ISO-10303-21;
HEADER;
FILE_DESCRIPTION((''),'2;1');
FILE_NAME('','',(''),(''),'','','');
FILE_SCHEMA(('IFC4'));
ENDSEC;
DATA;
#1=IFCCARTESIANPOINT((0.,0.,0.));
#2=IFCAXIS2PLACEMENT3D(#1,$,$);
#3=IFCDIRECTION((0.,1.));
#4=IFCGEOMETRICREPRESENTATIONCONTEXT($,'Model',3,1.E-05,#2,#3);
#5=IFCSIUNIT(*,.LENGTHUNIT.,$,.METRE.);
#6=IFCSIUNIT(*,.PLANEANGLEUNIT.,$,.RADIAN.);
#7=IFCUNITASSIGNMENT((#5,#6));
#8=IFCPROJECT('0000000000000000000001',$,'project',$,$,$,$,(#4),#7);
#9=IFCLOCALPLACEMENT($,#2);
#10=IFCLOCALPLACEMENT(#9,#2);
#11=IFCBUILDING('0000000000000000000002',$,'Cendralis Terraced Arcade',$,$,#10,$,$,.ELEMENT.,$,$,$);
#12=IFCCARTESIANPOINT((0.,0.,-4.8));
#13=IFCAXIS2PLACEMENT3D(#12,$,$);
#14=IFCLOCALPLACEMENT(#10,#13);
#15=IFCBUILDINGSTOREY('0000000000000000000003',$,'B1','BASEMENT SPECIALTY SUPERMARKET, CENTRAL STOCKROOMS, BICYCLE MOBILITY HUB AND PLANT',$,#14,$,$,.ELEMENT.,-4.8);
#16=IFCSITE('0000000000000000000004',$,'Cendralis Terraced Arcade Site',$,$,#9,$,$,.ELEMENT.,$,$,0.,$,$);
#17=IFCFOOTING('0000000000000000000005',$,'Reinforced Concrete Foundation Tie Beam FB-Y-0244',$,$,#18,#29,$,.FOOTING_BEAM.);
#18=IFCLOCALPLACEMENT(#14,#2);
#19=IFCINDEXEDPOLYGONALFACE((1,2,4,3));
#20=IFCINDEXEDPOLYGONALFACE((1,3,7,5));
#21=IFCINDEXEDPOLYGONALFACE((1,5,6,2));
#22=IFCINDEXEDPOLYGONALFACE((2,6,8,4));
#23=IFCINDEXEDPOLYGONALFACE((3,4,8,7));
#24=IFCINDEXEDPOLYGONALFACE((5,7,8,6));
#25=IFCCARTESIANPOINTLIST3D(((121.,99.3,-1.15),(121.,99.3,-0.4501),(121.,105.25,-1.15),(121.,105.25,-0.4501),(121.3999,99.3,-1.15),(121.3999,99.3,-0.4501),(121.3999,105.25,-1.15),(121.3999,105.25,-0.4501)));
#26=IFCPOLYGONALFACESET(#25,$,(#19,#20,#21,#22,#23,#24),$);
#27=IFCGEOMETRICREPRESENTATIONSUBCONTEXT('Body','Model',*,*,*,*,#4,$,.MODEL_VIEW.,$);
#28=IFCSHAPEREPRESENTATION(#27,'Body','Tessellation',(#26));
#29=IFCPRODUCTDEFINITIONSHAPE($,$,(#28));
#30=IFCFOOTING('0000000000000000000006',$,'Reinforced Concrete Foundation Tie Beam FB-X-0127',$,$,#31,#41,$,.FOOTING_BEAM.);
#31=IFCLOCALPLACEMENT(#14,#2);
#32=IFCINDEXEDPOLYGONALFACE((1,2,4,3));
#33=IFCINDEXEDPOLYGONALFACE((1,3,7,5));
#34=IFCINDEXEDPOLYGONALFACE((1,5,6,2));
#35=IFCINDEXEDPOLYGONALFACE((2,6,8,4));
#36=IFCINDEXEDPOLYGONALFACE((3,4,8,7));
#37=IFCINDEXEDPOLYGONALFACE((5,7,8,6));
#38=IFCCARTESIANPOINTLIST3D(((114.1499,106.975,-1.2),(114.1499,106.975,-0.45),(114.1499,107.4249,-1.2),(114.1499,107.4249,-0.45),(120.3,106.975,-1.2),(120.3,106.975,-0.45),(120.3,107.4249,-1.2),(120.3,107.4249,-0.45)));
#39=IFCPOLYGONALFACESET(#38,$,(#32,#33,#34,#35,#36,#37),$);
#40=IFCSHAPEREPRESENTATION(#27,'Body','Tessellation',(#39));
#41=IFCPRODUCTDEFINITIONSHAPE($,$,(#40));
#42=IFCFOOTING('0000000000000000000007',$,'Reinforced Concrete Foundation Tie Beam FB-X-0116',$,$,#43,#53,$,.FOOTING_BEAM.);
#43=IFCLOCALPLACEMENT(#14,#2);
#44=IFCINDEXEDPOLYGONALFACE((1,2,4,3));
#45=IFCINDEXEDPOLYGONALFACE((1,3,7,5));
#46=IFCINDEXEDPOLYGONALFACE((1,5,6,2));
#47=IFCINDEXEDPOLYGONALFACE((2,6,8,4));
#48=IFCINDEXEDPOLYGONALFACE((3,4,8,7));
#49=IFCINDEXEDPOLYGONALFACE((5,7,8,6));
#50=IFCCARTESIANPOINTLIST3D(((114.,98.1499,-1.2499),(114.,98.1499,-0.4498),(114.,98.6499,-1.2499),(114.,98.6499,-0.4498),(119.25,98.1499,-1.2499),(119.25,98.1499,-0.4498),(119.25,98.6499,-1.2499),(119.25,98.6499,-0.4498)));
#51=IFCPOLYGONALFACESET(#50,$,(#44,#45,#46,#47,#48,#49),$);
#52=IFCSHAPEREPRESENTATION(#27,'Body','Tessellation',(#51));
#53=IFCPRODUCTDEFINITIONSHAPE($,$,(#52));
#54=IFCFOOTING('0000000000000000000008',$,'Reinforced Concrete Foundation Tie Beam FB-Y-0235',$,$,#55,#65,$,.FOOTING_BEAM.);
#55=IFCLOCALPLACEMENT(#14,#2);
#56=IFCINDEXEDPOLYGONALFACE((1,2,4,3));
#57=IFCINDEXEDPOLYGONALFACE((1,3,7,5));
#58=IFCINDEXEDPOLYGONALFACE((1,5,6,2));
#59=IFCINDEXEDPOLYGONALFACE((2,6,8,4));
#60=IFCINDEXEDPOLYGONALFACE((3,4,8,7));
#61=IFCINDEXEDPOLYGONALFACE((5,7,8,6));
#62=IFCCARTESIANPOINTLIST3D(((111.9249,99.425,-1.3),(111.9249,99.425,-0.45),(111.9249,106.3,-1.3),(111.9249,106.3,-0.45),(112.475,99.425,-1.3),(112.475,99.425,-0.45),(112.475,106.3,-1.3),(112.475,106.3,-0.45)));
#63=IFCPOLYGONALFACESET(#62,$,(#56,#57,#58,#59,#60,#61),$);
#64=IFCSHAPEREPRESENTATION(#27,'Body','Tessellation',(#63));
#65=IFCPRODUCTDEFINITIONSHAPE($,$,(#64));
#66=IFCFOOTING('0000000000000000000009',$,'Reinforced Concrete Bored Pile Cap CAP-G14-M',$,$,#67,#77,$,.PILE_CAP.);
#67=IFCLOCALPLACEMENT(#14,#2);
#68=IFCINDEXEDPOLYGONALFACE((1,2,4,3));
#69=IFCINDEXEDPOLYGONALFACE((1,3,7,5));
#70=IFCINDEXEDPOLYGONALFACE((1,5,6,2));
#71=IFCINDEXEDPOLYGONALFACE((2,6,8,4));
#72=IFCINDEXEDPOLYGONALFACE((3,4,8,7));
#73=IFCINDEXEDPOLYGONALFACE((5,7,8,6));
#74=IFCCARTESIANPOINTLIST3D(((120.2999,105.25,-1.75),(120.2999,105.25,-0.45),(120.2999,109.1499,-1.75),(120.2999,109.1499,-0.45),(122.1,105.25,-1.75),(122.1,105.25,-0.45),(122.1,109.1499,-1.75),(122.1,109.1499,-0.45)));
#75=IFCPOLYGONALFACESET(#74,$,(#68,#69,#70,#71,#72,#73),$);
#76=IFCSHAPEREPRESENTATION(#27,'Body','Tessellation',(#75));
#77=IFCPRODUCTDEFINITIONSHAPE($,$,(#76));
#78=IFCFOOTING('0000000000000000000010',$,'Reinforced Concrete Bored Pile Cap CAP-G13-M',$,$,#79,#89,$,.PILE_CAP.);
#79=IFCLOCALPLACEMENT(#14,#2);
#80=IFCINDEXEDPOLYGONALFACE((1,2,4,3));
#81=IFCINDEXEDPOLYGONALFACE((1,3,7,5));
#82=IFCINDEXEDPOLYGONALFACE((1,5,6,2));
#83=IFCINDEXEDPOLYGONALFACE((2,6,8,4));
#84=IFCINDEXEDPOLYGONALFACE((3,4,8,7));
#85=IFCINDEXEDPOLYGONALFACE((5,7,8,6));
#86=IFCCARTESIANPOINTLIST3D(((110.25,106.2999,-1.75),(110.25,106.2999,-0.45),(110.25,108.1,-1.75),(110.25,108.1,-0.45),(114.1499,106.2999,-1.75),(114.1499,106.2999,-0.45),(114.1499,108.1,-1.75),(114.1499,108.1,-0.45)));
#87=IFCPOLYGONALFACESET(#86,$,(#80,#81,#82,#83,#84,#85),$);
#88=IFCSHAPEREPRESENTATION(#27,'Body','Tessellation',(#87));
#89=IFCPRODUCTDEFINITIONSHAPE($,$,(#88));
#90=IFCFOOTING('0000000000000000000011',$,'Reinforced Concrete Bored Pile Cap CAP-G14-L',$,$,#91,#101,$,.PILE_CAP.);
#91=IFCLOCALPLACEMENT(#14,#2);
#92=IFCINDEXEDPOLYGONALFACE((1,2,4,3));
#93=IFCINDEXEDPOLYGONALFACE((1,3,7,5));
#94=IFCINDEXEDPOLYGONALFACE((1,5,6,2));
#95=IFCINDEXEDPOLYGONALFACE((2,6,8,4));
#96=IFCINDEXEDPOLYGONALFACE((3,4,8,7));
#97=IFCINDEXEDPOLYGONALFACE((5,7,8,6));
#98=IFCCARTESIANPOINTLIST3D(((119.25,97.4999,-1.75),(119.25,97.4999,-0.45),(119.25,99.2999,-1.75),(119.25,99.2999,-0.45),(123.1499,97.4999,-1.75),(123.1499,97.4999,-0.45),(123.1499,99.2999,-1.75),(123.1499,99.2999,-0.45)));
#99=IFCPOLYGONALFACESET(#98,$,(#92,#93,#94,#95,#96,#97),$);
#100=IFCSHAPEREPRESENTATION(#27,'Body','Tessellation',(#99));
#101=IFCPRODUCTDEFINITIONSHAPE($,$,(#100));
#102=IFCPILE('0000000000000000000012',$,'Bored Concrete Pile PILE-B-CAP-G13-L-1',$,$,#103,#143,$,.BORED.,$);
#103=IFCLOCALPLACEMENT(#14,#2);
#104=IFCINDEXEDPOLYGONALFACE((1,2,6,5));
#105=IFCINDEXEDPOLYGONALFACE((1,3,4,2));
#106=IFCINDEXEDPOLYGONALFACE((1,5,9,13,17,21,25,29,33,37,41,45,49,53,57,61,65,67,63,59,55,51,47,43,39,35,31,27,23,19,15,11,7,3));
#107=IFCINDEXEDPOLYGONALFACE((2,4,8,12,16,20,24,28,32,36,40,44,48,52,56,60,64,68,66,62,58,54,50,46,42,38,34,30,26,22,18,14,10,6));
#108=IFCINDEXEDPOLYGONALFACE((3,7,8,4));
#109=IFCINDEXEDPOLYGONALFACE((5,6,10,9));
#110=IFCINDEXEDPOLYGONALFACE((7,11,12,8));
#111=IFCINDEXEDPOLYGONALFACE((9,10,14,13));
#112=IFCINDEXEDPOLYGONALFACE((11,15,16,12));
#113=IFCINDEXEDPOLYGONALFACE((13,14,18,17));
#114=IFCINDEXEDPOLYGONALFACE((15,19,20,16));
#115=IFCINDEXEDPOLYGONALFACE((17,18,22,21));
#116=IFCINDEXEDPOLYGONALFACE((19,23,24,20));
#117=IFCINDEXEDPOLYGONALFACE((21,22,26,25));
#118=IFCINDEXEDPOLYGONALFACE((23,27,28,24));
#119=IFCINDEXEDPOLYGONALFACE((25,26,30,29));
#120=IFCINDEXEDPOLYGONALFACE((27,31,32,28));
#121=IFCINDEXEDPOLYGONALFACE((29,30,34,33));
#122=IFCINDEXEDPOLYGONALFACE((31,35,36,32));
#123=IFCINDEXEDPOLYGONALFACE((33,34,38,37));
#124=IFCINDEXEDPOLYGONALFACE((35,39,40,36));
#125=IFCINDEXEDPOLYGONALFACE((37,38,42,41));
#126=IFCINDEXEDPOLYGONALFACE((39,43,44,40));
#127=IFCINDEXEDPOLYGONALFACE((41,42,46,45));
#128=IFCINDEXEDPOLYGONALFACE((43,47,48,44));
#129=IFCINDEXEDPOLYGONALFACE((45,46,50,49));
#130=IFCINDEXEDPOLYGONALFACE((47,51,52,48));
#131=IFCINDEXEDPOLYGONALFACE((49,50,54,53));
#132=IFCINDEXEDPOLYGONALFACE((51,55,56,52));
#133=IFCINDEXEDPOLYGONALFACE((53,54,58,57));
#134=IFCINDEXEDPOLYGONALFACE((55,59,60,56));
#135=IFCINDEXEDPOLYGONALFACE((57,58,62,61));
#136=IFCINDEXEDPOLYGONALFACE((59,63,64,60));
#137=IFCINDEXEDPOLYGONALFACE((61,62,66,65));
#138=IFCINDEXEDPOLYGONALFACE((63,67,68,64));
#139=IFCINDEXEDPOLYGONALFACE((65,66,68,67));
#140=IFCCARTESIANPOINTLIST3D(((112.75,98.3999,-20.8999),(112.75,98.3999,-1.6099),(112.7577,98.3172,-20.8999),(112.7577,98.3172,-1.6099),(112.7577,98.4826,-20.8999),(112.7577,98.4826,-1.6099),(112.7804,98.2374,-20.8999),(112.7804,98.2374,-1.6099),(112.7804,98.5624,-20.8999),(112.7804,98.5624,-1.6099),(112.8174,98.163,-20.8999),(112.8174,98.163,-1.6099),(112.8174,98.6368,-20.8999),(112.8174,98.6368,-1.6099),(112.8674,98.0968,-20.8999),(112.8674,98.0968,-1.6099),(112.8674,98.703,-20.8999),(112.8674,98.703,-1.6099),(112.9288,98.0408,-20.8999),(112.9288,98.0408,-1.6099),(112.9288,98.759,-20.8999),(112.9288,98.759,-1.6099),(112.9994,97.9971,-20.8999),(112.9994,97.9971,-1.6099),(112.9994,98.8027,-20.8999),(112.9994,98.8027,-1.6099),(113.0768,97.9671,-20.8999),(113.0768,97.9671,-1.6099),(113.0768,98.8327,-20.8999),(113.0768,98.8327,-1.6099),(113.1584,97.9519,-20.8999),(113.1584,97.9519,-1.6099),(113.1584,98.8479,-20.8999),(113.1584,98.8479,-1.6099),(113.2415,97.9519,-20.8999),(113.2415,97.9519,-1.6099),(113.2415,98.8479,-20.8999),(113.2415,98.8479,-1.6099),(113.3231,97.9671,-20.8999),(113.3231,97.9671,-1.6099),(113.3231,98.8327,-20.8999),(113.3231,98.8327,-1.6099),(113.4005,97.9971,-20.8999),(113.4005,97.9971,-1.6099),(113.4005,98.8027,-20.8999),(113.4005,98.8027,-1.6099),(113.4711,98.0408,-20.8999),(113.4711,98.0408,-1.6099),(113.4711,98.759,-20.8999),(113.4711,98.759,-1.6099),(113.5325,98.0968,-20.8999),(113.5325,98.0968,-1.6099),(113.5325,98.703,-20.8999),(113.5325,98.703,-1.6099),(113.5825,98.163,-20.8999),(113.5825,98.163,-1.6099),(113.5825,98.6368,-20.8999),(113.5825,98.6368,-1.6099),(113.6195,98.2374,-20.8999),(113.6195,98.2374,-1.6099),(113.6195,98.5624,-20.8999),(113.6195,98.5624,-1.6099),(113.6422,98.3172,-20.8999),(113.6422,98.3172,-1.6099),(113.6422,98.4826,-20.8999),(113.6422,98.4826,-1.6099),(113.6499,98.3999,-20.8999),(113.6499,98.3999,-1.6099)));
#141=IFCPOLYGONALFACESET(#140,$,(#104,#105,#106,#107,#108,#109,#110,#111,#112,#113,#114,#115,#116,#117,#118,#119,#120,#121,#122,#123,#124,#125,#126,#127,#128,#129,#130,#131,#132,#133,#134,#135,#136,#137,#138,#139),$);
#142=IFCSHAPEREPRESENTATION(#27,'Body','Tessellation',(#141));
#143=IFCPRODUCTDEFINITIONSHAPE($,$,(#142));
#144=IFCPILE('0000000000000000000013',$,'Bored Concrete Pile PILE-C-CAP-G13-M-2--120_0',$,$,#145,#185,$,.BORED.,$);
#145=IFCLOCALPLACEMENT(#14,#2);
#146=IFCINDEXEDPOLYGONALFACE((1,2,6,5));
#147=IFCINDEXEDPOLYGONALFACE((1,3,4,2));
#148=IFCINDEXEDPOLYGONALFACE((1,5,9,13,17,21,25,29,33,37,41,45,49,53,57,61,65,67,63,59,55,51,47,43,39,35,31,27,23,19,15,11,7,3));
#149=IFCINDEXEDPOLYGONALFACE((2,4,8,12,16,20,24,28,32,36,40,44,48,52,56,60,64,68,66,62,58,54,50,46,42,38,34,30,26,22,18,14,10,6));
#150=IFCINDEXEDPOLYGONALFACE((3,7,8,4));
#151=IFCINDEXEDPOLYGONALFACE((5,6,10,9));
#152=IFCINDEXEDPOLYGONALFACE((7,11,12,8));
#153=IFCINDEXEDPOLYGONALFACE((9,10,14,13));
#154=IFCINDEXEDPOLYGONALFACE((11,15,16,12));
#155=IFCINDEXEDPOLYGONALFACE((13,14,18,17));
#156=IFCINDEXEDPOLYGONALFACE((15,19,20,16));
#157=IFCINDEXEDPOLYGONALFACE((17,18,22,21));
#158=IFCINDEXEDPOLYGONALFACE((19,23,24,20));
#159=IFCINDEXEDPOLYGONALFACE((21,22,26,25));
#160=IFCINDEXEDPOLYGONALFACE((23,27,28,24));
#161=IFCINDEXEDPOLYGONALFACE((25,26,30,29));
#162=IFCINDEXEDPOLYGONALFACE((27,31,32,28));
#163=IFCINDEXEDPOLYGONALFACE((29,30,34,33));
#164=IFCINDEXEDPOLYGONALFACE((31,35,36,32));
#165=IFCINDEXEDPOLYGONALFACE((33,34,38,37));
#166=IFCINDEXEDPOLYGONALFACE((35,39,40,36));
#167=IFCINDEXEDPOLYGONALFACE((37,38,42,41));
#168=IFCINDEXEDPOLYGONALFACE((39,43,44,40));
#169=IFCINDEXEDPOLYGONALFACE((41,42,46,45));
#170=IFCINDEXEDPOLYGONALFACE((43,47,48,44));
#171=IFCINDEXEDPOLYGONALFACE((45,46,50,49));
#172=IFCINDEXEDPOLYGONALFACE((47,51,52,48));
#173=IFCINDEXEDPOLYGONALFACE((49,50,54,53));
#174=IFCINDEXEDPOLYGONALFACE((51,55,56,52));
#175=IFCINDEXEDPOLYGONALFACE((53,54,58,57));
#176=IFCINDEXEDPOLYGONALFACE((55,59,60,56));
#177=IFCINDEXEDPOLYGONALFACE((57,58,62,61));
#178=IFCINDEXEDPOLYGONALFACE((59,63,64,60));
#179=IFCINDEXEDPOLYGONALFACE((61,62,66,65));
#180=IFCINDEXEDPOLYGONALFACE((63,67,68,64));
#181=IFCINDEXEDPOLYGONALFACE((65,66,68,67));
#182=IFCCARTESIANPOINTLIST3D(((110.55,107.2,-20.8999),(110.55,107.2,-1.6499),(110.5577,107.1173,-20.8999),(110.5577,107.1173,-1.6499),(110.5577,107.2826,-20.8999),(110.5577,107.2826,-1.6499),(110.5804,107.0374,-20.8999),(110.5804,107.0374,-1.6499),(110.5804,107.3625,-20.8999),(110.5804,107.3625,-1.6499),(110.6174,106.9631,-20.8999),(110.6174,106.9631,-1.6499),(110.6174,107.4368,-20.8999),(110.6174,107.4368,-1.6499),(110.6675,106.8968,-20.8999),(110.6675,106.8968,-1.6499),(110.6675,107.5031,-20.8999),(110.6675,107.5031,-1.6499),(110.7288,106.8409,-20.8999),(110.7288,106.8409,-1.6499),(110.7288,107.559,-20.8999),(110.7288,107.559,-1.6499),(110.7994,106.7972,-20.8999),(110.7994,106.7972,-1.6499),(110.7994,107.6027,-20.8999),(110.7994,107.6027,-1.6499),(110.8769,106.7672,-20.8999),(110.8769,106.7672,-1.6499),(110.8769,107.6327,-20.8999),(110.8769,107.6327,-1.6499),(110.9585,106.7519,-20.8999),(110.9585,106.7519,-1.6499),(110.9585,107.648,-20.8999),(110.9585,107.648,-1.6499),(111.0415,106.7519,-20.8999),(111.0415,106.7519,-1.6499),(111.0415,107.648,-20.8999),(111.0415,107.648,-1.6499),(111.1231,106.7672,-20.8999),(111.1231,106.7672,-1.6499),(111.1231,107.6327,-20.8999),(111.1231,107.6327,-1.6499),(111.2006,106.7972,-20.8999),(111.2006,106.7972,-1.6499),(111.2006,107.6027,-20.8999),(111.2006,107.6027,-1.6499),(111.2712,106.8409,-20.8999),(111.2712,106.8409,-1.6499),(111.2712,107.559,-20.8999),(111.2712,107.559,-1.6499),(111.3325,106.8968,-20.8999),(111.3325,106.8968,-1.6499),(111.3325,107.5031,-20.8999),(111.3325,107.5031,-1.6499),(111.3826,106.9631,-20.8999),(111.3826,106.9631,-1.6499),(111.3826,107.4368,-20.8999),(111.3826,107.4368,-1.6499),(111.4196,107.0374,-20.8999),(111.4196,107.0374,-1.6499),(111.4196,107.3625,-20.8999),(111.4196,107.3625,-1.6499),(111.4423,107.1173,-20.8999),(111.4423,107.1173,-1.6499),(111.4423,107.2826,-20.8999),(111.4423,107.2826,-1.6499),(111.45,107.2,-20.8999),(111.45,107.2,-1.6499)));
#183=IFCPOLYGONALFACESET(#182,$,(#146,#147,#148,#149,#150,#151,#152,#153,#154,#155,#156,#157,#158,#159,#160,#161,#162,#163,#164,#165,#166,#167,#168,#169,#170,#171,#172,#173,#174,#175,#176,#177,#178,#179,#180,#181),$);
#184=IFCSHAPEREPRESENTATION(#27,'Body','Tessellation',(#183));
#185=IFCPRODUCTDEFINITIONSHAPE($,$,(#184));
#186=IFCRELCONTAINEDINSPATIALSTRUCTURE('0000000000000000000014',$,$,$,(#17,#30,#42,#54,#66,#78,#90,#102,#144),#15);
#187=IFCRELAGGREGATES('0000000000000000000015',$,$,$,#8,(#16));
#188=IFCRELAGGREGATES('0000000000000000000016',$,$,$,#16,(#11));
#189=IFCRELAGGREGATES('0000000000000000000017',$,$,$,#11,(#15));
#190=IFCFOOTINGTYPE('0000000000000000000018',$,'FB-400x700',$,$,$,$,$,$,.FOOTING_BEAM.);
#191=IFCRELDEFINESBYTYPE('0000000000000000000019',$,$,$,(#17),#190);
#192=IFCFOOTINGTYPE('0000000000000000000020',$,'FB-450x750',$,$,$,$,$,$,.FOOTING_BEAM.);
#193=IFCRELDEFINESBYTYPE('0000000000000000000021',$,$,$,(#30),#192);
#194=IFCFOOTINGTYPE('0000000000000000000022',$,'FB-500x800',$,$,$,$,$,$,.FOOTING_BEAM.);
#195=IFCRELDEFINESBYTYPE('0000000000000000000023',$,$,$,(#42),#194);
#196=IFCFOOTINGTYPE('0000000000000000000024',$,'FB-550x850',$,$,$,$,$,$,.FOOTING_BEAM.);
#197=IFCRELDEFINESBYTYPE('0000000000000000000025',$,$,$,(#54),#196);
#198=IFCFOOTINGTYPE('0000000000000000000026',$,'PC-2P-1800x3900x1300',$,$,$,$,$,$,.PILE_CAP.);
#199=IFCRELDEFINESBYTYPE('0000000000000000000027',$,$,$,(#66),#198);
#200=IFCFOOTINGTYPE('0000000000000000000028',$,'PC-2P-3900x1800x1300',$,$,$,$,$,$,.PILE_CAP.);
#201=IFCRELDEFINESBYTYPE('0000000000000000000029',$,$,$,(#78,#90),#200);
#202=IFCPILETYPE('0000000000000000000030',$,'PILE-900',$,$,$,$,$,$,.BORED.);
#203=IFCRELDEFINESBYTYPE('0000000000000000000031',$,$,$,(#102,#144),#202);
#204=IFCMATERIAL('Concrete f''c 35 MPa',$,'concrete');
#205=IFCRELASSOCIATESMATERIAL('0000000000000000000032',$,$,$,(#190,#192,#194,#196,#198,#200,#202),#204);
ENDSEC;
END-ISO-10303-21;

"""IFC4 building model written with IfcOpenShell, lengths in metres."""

from ifc_helpers import new_model, si_unit, direction, frame, origin, origin_2d, place, context, subcontext, project, spatial, rectangle, circle, extrude, material, material_profile, profile_set, type_object, element, save


model = new_model("IFC4")

# Units and contexts
model_context = context("Model", 3, precision=1e-05, world=origin(), true_north=direction((0.0, 1.0)))
body_context = subcontext(model_context, "Body", "Model", "MODEL_VIEW")
ifc_project = project(units=[si_unit("LENGTHUNIT", "METRE"), si_unit("PLANEANGLEUNIT", "RADIAN")], contexts=[model_context])

# Site, building, storey
site_placement = place(None, origin())
site = spatial("IfcSite", under=ifc_project, at=site_placement, Name="Cendralis Terraced Arcade Site", CompositionType="ELEMENT", RefElevation=0.0)
building_placement = place(site_placement, origin())
building = spatial("IfcBuilding", under=site, at=building_placement, Name="Cendralis Terraced Arcade", CompositionType="ELEMENT")
storey_placement = place(building_placement, frame((0.0, 0.0, -4.8)))
storey = spatial("IfcBuildingStorey", under=building, at=storey_placement, Name="B1", Description="BASEMENT SPECIALTY SUPERMARKET, CENTRAL STOCKROOMS, BICYCLE MOBILITY HUB AND PLANT", CompositionType="ELEMENT", Elevation=-4.8)

# Footings
ifc_material_1 = material(Name="Concrete f'c 35 MPa", Category="concrete")
ifc_material_profile_1 = material_profile(ifc_material_1, rectangle(XDim=0.3999, YDim=0.7, at=origin_2d()), Name="FB-400x700", Category="LoadBearing")
ifc_profile_set_1 = profile_set([ifc_material_profile_1], Name="Concrete f'c 35 MPa")
footing_type_1 = type_object("IfcFootingType", Name="FB-400x700", PredefinedType="FOOTING_BEAM", material=ifc_profile_set_1)
footing_1_placement = place(storey_placement, frame((121.2, 99.3, -0.8), z_axis=(0.0, 1.0, 0.0), x_axis=(-1.0, 0.0, 0.0)))
element("IfcFooting", 1, at=footing_1_placement, inside=storey, type_object=footing_type_1, Name="Reinforced Concrete Foundation Tie Beam FB-Y-0244", PredefinedType="FOOTING_BEAM", context=body_context, shape_type="SweptSolid", body=[
    extrude(rectangle(XDim=0.3999, YDim=0.7, at=origin_2d()), origin(), (0.0, 0.0, 1.0), 5.95),
])
ifc_material_profile_2 = material_profile(ifc_material_1, rectangle(XDim=0.45, YDim=0.75, at=origin_2d()), Name="FB-450x750", Category="LoadBearing")
ifc_profile_set_2 = profile_set([ifc_material_profile_2], Name="Concrete f'c 35 MPa")
footing_type_2 = type_object("IfcFootingType", Name="FB-450x750", PredefinedType="FOOTING_BEAM", material=ifc_profile_set_2)
footing_2_placement = place(storey_placement, frame((114.1499, 107.2, -0.825), z_axis=(1.0, 0.0, 0.0), x_axis=(0.0, 1.0, 0.0)))
element("IfcFooting", 2, at=footing_2_placement, inside=storey, type_object=footing_type_2, Name="Reinforced Concrete Foundation Tie Beam FB-X-0127", PredefinedType="FOOTING_BEAM", context=body_context, shape_type="SweptSolid", body=[
    extrude(rectangle(XDim=0.45, YDim=0.75, at=origin_2d()), origin(), (0.0, 0.0, 1.0), 6.1501),
])
ifc_material_profile_3 = material_profile(ifc_material_1, rectangle(XDim=0.5, YDim=0.8, at=origin_2d()), Name="FB-500x800", Category="LoadBearing")
ifc_profile_set_3 = profile_set([ifc_material_profile_3], Name="Concrete f'c 35 MPa")
footing_type_3 = type_object("IfcFootingType", Name="FB-500x800", PredefinedType="FOOTING_BEAM", material=ifc_profile_set_3)
footing_3_placement = place(storey_placement, frame((114.0, 98.3999, -0.8499), z_axis=(1.0, 0.0, 0.0), x_axis=(0.0, 1.0, 0.0)))
element("IfcFooting", 3, at=footing_3_placement, inside=storey, type_object=footing_type_3, Name="Reinforced Concrete Foundation Tie Beam FB-X-0116", PredefinedType="FOOTING_BEAM", context=body_context, shape_type="SweptSolid", body=[
    extrude(rectangle(XDim=0.5, YDim=0.8, at=origin_2d()), origin(), (0.0, 0.0, 1.0), 5.25),
])
ifc_material_profile_4 = material_profile(ifc_material_1, rectangle(XDim=0.55, YDim=0.8501, at=origin_2d()), Name="FB-550x850", Category="LoadBearing")
ifc_profile_set_4 = profile_set([ifc_material_profile_4], Name="Concrete f'c 35 MPa")
footing_type_4 = type_object("IfcFootingType", Name="FB-550x850", PredefinedType="FOOTING_BEAM", material=ifc_profile_set_4)
footing_4_placement = place(storey_placement, frame((112.2, 99.425, -0.875), z_axis=(0.0, 1.0, 0.0), x_axis=(-1.0, 0.0, 0.0)))
element("IfcFooting", 4, at=footing_4_placement, inside=storey, type_object=footing_type_4, Name="Reinforced Concrete Foundation Tie Beam FB-Y-0235", PredefinedType="FOOTING_BEAM", context=body_context, shape_type="SweptSolid", body=[
    extrude(rectangle(XDim=0.55, YDim=0.8501, at=origin_2d()), origin(), (0.0, 0.0, 1.0), 6.875),
])
footing_type_5 = type_object("IfcFootingType", Name="PC-2P-1800x3900x1300", PredefinedType="PILE_CAP", material=ifc_material_1)
footing_5_placement = place(storey_placement, frame((121.2, 107.2, -1.75), z_axis=(0.0, 0.0, 1.0), x_axis=(1.0, 0.0, 0.0)))
element("IfcFooting", 5, at=footing_5_placement, inside=storey, type_object=footing_type_5, Name="Reinforced Concrete Bored Pile Cap CAP-G14-M", PredefinedType="PILE_CAP", context=body_context, shape_type="SweptSolid", body=[
    extrude(rectangle(XDim=1.8, YDim=3.8999, at=origin_2d()), origin(), (0.0, 0.0, 1.0), 1.3),
])
footing_type_6 = type_object("IfcFootingType", Name="PC-2P-3900x1800x1300", PredefinedType="PILE_CAP", material=ifc_material_1)
for number, where, z_axis, x_axis, name in (
    (6, (112.2, 107.2, -1.75), (0.0, 0.0, 1.0), (1.0, 0.0, 0.0), "Reinforced Concrete Bored Pile Cap CAP-G13-M"),
    (7, (121.2, 98.3999, -1.75), (0.0, 0.0, 1.0), (1.0, 0.0, 0.0), "Reinforced Concrete Bored Pile Cap CAP-G14-L"),
):
    element("IfcFooting", number, at=place(storey_placement, frame(where, z_axis=z_axis, x_axis=x_axis)), inside=storey, type_object=footing_type_6, Name=name, PredefinedType="PILE_CAP", context=body_context, shape_type="SweptSolid", body=[
        extrude(rectangle(XDim=3.8999, YDim=1.8, at=origin_2d()), origin(), (0.0, 0.0, 1.0), 1.3),
    ])

# Piles
ifc_material_profile_5 = material_profile(ifc_material_1, circle(Radius=0.45, at=origin_2d()), Name="PILE-D900", Category="LoadBearing")
ifc_profile_set_5 = profile_set([ifc_material_profile_5], Name="Concrete f'c 35 MPa")
pile_type = type_object("IfcPileType", Name="PILE-900", PredefinedType="BORED", material=ifc_profile_set_5)
pile_placement = place(storey_placement, frame((113.2, 98.3999, -1.6099), z_axis=(0.0, 0.0, -1.0), x_axis=(1.0, 0.0, 0.0)))
element("IfcPile", 8, at=pile_placement, inside=storey, type_object=pile_type, Name="Bored Concrete Pile PILE-B-CAP-G13-L-1", PredefinedType="BORED", context=body_context, shape_type="SweptSolid", body=[
    extrude(circle(Radius=0.45, at=origin_2d()), origin(), (0.0, 0.0, 1.0), 19.29),
])
for number, where, z_axis, x_axis, name in (
    (9, (111.0, 107.2, -1.6499), (0.0, 0.0, -1.0), (1.0, 0.0, 0.0), "Bored Concrete Pile PILE-C-CAP-G13-M-2--120_0"),
):
    element("IfcPile", number, at=place(storey_placement, frame(where, z_axis=z_axis, x_axis=x_axis)), inside=storey, type_object=pile_type, Name=name, PredefinedType="BORED", context=body_context, shape_type="SweptSolid", body=[
        extrude(circle(Radius=0.45, at=origin_2d()), origin(), (0.0, 0.0, 1.0), 19.25),
    ])

save(model, "model.ifc")
